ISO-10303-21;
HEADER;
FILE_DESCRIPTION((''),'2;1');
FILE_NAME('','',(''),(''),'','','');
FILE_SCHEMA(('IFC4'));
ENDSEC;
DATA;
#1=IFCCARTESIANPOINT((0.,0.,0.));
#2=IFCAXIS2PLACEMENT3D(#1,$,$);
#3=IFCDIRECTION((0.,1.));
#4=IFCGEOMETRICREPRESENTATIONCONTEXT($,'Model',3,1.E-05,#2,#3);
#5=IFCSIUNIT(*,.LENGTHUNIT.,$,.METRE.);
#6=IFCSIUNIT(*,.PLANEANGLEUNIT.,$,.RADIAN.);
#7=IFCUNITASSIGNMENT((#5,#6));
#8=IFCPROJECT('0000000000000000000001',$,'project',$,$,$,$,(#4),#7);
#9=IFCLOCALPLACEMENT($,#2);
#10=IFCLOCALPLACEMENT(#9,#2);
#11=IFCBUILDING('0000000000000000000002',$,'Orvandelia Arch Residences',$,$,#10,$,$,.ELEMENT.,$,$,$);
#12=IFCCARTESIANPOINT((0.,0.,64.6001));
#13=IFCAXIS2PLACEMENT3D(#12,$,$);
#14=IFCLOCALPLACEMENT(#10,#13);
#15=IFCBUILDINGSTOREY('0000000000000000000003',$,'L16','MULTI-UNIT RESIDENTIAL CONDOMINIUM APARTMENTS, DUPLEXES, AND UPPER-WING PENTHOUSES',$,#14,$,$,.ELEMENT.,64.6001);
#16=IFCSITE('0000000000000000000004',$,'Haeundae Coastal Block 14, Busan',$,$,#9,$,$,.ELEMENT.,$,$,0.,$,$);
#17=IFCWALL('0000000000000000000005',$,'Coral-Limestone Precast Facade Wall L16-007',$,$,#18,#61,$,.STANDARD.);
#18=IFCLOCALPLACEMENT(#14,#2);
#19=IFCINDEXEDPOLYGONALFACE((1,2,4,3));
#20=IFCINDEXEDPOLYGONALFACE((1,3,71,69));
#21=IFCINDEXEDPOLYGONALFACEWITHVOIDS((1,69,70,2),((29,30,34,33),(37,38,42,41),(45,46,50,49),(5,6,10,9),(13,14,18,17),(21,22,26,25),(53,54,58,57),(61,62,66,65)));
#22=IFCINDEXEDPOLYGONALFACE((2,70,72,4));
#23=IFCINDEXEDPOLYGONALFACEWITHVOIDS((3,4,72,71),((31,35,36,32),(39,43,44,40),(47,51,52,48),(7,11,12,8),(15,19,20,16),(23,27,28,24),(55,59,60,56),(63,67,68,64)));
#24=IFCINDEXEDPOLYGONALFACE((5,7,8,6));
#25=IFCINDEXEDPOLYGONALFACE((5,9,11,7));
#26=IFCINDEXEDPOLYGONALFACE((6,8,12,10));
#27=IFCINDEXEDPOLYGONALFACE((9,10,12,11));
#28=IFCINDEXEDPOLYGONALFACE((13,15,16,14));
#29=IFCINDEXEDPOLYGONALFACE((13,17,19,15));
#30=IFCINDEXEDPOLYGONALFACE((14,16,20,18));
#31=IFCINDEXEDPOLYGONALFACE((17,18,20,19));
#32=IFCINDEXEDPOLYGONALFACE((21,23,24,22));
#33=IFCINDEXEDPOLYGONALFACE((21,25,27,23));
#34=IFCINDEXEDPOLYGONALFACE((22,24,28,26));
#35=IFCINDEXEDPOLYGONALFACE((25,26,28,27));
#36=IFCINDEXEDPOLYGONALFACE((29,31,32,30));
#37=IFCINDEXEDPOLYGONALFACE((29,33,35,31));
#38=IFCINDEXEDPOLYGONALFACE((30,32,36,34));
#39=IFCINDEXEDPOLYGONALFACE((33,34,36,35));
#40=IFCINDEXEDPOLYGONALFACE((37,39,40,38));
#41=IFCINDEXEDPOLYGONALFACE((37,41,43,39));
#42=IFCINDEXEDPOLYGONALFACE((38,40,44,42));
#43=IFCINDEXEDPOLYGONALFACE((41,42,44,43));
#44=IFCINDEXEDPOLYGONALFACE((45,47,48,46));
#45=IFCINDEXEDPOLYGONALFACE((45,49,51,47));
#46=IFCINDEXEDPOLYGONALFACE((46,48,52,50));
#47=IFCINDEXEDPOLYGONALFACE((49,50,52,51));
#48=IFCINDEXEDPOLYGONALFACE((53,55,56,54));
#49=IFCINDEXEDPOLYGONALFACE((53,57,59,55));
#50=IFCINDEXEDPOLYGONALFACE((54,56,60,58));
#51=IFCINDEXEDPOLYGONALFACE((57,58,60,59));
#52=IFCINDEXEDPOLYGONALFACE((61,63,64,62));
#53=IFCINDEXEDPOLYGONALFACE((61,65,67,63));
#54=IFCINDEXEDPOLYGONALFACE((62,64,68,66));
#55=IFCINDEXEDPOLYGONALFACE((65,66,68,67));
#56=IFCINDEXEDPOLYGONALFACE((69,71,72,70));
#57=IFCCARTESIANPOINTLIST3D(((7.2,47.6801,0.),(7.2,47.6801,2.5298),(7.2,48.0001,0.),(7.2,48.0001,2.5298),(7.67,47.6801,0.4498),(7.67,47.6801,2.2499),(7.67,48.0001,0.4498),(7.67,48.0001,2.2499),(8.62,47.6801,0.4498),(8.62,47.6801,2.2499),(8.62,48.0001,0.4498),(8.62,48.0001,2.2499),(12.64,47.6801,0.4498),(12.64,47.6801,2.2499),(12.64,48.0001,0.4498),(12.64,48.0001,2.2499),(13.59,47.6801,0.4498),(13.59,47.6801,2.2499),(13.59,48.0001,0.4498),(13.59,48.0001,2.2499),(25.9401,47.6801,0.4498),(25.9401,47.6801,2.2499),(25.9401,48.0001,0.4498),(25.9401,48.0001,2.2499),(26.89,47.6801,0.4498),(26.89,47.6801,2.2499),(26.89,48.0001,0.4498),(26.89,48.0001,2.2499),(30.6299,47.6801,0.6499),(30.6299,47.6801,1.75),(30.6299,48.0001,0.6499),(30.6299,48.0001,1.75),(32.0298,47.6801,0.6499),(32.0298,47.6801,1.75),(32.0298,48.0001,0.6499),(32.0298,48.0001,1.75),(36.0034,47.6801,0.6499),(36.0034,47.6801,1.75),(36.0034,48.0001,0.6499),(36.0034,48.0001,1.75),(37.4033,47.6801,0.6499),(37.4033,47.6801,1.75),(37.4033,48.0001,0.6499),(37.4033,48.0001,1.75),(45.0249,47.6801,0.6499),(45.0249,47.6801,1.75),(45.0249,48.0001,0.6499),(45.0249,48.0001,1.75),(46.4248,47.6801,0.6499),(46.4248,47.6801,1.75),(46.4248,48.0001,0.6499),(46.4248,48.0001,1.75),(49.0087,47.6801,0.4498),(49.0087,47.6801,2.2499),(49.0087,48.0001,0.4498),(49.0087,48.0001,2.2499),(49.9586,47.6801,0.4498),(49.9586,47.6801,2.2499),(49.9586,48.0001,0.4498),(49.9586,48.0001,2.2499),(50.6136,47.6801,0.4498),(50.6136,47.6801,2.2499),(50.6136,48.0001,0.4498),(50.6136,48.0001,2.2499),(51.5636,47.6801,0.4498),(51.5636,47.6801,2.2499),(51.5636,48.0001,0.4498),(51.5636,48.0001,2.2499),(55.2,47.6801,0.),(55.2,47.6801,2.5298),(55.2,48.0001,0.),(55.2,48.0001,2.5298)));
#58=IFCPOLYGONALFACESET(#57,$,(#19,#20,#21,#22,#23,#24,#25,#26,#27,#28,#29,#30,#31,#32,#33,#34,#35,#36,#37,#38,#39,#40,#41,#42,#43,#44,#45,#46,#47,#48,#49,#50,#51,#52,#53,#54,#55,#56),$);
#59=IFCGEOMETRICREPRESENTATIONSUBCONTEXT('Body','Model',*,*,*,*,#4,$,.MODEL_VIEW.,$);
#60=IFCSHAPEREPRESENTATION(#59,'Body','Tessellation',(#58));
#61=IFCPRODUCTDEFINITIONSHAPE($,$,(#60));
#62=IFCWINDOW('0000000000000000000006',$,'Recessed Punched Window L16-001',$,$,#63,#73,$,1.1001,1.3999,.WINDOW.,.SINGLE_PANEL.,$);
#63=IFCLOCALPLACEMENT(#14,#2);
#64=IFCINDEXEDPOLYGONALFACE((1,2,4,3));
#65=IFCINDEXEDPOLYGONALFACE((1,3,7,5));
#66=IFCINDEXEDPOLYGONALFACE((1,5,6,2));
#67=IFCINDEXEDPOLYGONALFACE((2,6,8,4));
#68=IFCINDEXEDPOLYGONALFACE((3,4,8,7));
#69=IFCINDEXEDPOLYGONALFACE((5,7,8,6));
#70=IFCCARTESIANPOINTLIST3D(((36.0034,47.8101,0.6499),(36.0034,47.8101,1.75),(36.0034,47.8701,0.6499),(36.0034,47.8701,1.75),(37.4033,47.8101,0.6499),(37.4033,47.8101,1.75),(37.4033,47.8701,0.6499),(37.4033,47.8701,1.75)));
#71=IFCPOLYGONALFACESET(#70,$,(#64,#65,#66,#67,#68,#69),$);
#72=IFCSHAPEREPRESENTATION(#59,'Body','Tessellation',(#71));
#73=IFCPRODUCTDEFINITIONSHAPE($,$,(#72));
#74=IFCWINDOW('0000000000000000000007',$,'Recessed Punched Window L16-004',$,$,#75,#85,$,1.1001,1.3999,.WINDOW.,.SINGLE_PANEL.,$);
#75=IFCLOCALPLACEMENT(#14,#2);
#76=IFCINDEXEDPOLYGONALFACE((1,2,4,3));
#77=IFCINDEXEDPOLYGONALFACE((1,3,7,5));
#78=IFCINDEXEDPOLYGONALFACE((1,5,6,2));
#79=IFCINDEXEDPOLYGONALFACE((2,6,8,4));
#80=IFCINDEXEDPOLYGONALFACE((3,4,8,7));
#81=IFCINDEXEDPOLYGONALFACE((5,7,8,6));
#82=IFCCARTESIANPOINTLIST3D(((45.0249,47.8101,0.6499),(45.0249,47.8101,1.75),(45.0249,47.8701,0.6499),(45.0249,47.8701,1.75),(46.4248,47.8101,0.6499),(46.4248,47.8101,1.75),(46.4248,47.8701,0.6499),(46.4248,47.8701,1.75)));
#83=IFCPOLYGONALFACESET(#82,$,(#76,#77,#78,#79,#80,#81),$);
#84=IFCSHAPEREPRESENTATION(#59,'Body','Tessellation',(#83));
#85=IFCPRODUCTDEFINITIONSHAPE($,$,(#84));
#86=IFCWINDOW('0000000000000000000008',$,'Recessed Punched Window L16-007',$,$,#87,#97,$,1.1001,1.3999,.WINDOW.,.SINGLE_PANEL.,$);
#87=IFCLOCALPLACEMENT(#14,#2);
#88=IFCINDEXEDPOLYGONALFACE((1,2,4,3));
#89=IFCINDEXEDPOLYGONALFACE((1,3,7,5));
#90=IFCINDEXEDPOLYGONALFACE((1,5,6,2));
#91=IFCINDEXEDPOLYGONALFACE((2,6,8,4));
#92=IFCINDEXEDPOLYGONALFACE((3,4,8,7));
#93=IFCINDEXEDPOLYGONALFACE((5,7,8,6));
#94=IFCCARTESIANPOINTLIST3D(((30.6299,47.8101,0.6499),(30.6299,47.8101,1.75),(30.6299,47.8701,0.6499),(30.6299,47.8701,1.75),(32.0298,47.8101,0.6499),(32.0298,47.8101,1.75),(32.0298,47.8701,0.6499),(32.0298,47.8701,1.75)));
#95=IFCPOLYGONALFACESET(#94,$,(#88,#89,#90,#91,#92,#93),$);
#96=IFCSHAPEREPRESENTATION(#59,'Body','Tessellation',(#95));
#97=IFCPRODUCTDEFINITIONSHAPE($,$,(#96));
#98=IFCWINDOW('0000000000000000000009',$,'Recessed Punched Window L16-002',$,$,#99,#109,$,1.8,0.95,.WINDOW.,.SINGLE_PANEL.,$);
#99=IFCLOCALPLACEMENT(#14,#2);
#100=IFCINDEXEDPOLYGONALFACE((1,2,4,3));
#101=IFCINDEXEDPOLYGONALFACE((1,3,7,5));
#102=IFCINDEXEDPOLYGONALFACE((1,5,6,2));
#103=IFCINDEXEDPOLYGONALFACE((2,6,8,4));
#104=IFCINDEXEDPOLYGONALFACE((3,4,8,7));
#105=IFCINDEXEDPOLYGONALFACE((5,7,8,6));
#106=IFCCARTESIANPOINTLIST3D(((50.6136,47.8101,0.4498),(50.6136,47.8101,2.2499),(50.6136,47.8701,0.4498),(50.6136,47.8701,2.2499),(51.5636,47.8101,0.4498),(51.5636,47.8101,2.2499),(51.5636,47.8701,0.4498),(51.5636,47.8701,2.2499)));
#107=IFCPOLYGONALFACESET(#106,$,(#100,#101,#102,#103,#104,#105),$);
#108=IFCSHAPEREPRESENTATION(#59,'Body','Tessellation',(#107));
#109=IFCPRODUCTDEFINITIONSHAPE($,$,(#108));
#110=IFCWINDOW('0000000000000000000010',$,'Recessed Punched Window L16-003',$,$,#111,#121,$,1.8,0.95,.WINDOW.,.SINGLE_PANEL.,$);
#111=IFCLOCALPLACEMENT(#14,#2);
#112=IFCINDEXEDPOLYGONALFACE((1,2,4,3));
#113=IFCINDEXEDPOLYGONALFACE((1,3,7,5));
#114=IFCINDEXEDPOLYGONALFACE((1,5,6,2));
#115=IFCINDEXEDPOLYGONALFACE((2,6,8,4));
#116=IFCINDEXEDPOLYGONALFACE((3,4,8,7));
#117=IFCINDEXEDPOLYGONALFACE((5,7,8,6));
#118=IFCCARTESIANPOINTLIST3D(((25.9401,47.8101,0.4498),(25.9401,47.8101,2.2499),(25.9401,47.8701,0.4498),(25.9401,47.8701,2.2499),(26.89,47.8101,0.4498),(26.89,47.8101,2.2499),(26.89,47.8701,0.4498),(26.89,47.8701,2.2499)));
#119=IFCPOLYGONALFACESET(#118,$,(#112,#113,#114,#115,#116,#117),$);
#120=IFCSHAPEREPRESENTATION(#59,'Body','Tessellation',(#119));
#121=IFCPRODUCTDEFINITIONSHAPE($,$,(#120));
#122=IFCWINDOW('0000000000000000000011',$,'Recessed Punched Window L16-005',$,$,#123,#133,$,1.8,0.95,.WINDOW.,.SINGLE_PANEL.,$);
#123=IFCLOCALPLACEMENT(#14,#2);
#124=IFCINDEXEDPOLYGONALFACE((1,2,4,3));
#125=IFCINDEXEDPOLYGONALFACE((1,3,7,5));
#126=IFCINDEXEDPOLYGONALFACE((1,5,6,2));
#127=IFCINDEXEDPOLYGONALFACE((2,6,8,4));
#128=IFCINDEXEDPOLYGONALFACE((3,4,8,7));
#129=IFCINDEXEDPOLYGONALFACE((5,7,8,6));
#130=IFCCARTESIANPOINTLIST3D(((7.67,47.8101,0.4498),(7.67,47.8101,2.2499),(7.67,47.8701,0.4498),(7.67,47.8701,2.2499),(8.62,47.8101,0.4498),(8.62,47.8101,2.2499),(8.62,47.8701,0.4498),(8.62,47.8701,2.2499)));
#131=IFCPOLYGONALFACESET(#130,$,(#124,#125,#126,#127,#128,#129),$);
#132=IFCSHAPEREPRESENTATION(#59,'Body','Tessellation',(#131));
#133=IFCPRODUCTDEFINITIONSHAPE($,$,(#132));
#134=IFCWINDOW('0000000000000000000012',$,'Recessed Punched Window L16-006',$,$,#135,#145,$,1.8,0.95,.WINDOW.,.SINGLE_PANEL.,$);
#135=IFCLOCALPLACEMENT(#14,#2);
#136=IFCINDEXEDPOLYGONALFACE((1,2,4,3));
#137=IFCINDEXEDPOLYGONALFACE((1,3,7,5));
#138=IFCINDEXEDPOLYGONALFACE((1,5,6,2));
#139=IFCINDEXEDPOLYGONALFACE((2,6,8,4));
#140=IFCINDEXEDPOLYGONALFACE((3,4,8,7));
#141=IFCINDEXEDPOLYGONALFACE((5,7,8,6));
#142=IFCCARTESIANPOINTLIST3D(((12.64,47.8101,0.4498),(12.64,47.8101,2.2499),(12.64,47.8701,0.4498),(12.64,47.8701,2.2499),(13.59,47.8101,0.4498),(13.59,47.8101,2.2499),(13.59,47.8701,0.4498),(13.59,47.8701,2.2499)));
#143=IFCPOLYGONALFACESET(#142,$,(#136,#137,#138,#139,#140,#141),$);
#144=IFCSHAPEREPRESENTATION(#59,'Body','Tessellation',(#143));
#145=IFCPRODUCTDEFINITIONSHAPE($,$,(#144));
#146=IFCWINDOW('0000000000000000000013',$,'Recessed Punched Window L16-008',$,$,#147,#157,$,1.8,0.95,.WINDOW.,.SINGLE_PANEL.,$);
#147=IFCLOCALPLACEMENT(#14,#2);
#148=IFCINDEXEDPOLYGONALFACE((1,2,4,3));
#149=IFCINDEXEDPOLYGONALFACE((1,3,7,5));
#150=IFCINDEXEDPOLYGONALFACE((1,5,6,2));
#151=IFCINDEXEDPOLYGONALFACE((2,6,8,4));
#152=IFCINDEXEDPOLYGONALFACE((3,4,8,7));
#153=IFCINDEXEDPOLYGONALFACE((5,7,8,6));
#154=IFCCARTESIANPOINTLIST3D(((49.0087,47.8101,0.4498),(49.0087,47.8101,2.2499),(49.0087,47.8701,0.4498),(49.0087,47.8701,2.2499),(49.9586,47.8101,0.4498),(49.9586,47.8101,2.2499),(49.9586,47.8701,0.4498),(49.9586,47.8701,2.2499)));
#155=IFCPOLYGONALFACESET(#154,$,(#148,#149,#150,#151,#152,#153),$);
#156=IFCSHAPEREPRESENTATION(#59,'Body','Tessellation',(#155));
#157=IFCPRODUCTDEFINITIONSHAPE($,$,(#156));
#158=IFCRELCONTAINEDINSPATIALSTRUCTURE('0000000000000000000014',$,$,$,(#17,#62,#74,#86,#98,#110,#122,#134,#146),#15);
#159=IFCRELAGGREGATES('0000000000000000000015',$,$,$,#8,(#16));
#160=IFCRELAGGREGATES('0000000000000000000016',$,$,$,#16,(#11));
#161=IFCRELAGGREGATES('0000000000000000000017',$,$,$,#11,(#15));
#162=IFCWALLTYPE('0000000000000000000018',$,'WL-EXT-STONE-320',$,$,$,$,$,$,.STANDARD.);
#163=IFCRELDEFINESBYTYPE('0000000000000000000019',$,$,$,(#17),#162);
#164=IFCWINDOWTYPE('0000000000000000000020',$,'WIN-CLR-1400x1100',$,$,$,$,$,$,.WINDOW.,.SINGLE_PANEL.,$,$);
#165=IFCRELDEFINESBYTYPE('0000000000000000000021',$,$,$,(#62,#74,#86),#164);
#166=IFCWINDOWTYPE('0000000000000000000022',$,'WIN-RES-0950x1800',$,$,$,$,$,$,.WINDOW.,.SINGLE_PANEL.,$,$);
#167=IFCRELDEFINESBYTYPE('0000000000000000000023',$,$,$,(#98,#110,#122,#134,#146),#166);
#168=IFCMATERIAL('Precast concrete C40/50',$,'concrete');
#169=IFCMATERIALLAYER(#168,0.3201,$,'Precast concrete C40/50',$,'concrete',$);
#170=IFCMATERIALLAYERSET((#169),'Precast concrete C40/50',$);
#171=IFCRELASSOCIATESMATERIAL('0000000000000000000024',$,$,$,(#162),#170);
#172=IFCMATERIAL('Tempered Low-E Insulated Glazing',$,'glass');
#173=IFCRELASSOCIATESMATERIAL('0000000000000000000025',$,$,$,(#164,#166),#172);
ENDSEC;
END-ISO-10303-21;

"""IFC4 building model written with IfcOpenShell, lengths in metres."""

from ifc_helpers import new_model, si_unit, direction, frame, frame_2d, origin, place, context, subcontext, project, spatial, rectangle, extrude, material, layer, layer_set, type_object, element, fill, save


model = new_model("IFC4")

# Units and contexts
model_context = context("Model", 3, precision=1e-05, world=origin(), true_north=direction((0.0, 1.0)))
body_context = subcontext(model_context, "Body", "Model", "MODEL_VIEW")
ifc_project = project(units=[si_unit("LENGTHUNIT", "METRE"), si_unit("PLANEANGLEUNIT", "RADIAN")], contexts=[model_context])

# Site, building, storey
site_placement = place(None, origin())
site = spatial("IfcSite", under=ifc_project, at=site_placement, Name="Haeundae Coastal Block 14, Busan", CompositionType="ELEMENT", RefElevation=0.0)
building_placement = place(site_placement, origin())
building = spatial("IfcBuilding", under=site, at=building_placement, Name="Orvandelia Arch Residences", CompositionType="ELEMENT")
storey_placement = place(building_placement, frame((0.0, 0.0, 64.6001)))
storey = spatial("IfcBuildingStorey", under=building, at=storey_placement, Name="L16", Description="MULTI-UNIT RESIDENTIAL CONDOMINIUM APARTMENTS, DUPLEXES, AND UPPER-WING PENTHOUSES", CompositionType="ELEMENT", Elevation=64.6001)

# Shared definitions
ifc_material_1 = material(Name="Precast concrete C40/50", Category="concrete")
ifc_layer_1 = layer(ifc_material_1, 0.3201, Name="Precast concrete C40/50", Category="concrete")
ifc_layer_set_1 = layer_set([ifc_layer_1], Name="Precast concrete C40/50")
wall_type_1 = type_object("IfcWallType", Name="WL-EXT-STONE-320", PredefinedType="STANDARD", material=ifc_layer_set_1)

# Wall, openings, windows
wall_1_placement = place(storey_placement, frame((7.2, 47.8401, 0.0), z_axis=(0.0, 0.0, 1.0), x_axis=(1.0, 0.0, 0.0)))
wall_1 = element("IfcWall", 1, at=wall_1_placement, inside=storey, type_object=wall_type_1, Name="Coral-Limestone Precast Facade Wall L16-007", PredefinedType="STANDARD", context=body_context, shape_type="SweptSolid", body=[
    extrude(rectangle(XDim=48.0, YDim=0.3201, at=frame_2d((24.0, 0.0))), origin(), (0.0, 0.0, 1.0), 2.5298),
])
opening_1_placement = place(wall_1_placement, frame((28.8035, 0.0, 0.6499)))
opening_1 = element("IfcOpeningElement", 2, at=opening_1_placement, cuts=wall_1, PredefinedType="OPENING", context=body_context, shape_type="SweptSolid", body=[
    extrude(rectangle(XDim=1.3999, YDim=1.1001, at=frame_2d((0.7, 0.55))), frame((0.0, 0.1699, 0.0), z_axis=(0.0, -1.0, 0.0), x_axis=(1.0, 0.0, 0.0)), (0.0, 0.0, 1.0), 0.3401),
])
opening_2_placement = place(wall_1_placement, frame((43.4136, 0.0, 0.45)))
opening_2 = element("IfcOpeningElement", 3, at=opening_2_placement, cuts=wall_1, PredefinedType="OPENING", context=body_context, shape_type="SweptSolid", body=[
    extrude(rectangle(XDim=0.95, YDim=1.8, at=frame_2d((0.4751, 0.8999))), frame((0.0, 0.1699, 0.0), z_axis=(0.0, -1.0, 0.0), x_axis=(1.0, 0.0, 0.0)), (0.0, 0.0, 1.0), 0.3401),
])
opening_3_placement = place(wall_1_placement, frame((18.74, 0.0, 0.45)))
opening_3 = element("IfcOpeningElement", 4, at=opening_3_placement, cuts=wall_1, PredefinedType="OPENING", context=body_context, shape_type="SweptSolid", body=[
    extrude(rectangle(XDim=0.95, YDim=1.8, at=frame_2d((0.4751, 0.8999))), frame((0.0, 0.1699, 0.0), z_axis=(0.0, -1.0, 0.0), x_axis=(1.0, 0.0, 0.0)), (0.0, 0.0, 1.0), 0.3401),
])
opening_4_placement = place(wall_1_placement, frame((37.825, 0.0, 0.6499)))
opening_4 = element("IfcOpeningElement", 5, at=opening_4_placement, cuts=wall_1, PredefinedType="OPENING", context=body_context, shape_type="SweptSolid", body=[
    extrude(rectangle(XDim=1.3999, YDim=1.1001, at=frame_2d((0.7, 0.55))), frame((0.0, 0.1699, 0.0), z_axis=(0.0, -1.0, 0.0), x_axis=(1.0, 0.0, 0.0)), (0.0, 0.0, 1.0), 0.3401),
])
opening_5_placement = place(wall_1_placement, frame((0.47, 0.0, 0.45)))
opening_5 = element("IfcOpeningElement", 6, at=opening_5_placement, cuts=wall_1, PredefinedType="OPENING", context=body_context, shape_type="SweptSolid", body=[
    extrude(rectangle(XDim=0.95, YDim=1.8, at=frame_2d((0.4751, 0.8999))), frame((0.0, 0.1699, 0.0), z_axis=(0.0, -1.0, 0.0), x_axis=(1.0, 0.0, 0.0)), (0.0, 0.0, 1.0), 0.3401),
])
opening_6_placement = place(wall_1_placement, frame((5.4399, 0.0, 0.45)))
opening_6 = element("IfcOpeningElement", 7, at=opening_6_placement, cuts=wall_1, PredefinedType="OPENING", context=body_context, shape_type="SweptSolid", body=[
    extrude(rectangle(XDim=0.95, YDim=1.8, at=frame_2d((0.4751, 0.8999))), frame((0.0, 0.1699, 0.0), z_axis=(0.0, -1.0, 0.0), x_axis=(1.0, 0.0, 0.0)), (0.0, 0.0, 1.0), 0.3401),
])
opening_7_placement = place(wall_1_placement, frame((23.4299, 0.0, 0.6499)))
opening_7 = element("IfcOpeningElement", 8, at=opening_7_placement, cuts=wall_1, PredefinedType="OPENING", context=body_context, shape_type="SweptSolid", body=[
    extrude(rectangle(XDim=1.3999, YDim=1.1001, at=frame_2d((0.7, 0.55))), frame((0.0, 0.1699, 0.0), z_axis=(0.0, -1.0, 0.0), x_axis=(1.0, 0.0, 0.0)), (0.0, 0.0, 1.0), 0.3401),
])
opening_8_placement = place(wall_1_placement, frame((41.8086, 0.0, 0.45)))
opening_8 = element("IfcOpeningElement", 9, at=opening_8_placement, cuts=wall_1, PredefinedType="OPENING", context=body_context, shape_type="SweptSolid", body=[
    extrude(rectangle(XDim=0.95, YDim=1.8, at=frame_2d((0.4751, 0.8999))), frame((0.0, 0.1699, 0.0), z_axis=(0.0, -1.0, 0.0), x_axis=(1.0, 0.0, 0.0)), (0.0, 0.0, 1.0), 0.3401),
])
ifc_material_2 = material(Name="Tempered Low-E Insulated Glazing", Category="glass")
window_type_1 = type_object("IfcWindowType", Name="WIN-CLR-1400x1100", PartitioningType="SINGLE_PANEL", PredefinedType="WINDOW", material=ifc_material_2)
window_1_placement = place(opening_1_placement, origin())
window_1 = element("IfcWindow", 10, at=window_1_placement, inside=storey, type_object=window_type_1, Name="Recessed Punched Window L16-001", OverallHeight=1.1001, OverallWidth=1.3999, PartitioningType="SINGLE_PANEL", PredefinedType="WINDOW", context=body_context, shape_type="SweptSolid", body=[
    extrude(rectangle(XDim=1.3999, YDim=1.1001, at=frame_2d((0.7, 0.55))), frame((0.0, 0.03, 0.0), z_axis=(0.0, -1.0, 0.0), x_axis=(1.0, 0.0, 0.0)), (0.0, 0.0, 1.0), 0.0601),
])
fill(opening_1, window_1)
window_2_placement = place(opening_4_placement, origin())
window_2 = element("IfcWindow", 11, at=window_2_placement, inside=storey, type_object=window_type_1, Name="Recessed Punched Window L16-004", OverallHeight=1.1001, OverallWidth=1.3999, PartitioningType="SINGLE_PANEL", PredefinedType="WINDOW", context=body_context, shape_type="SweptSolid", body=[
    extrude(rectangle(XDim=1.3999, YDim=1.1001, at=frame_2d((0.7, 0.55))), frame((0.0, 0.03, 0.0), z_axis=(0.0, -1.0, 0.0), x_axis=(1.0, 0.0, 0.0)), (0.0, 0.0, 1.0), 0.0601),
])
fill(opening_4, window_2)
window_3_placement = place(opening_7_placement, origin())
window_3 = element("IfcWindow", 12, at=window_3_placement, inside=storey, type_object=window_type_1, Name="Recessed Punched Window L16-007", OverallHeight=1.1001, OverallWidth=1.3999, PartitioningType="SINGLE_PANEL", PredefinedType="WINDOW", context=body_context, shape_type="SweptSolid", body=[
    extrude(rectangle(XDim=1.3999, YDim=1.1001, at=frame_2d((0.7, 0.55))), frame((0.0, 0.03, 0.0), z_axis=(0.0, -1.0, 0.0), x_axis=(1.0, 0.0, 0.0)), (0.0, 0.0, 1.0), 0.0601),
])
fill(opening_7, window_3)
window_type_2 = type_object("IfcWindowType", Name="WIN-RES-0950x1800", PartitioningType="SINGLE_PANEL", PredefinedType="WINDOW", material=ifc_material_2)
window_4_placement = place(opening_2_placement, origin())
window_4 = element("IfcWindow", 13, at=window_4_placement, inside=storey, type_object=window_type_2, Name="Recessed Punched Window L16-002", OverallHeight=1.8, OverallWidth=0.95, PartitioningType="SINGLE_PANEL", PredefinedType="WINDOW", context=body_context, shape_type="SweptSolid", body=[
    extrude(rectangle(XDim=0.95, YDim=1.8, at=frame_2d((0.4751, 0.8999))), frame((0.0, 0.03, 0.0), z_axis=(0.0, -1.0, 0.0), x_axis=(1.0, 0.0, 0.0)), (0.0, 0.0, 1.0), 0.0601),
])
fill(opening_2, window_4)
window_5_placement = place(opening_3_placement, origin())
window_5 = element("IfcWindow", 14, at=window_5_placement, inside=storey, type_object=window_type_2, Name="Recessed Punched Window L16-003", OverallHeight=1.8, OverallWidth=0.95, PartitioningType="SINGLE_PANEL", PredefinedType="WINDOW", context=body_context, shape_type="SweptSolid", body=[
    extrude(rectangle(XDim=0.95, YDim=1.8, at=frame_2d((0.4751, 0.8999))), frame((0.0, 0.03, 0.0), z_axis=(0.0, -1.0, 0.0), x_axis=(1.0, 0.0, 0.0)), (0.0, 0.0, 1.0), 0.0601),
])
fill(opening_3, window_5)
window_6_placement = place(opening_5_placement, origin())
window_6 = element("IfcWindow", 15, at=window_6_placement, inside=storey, type_object=window_type_2, Name="Recessed Punched Window L16-005", OverallHeight=1.8, OverallWidth=0.95, PartitioningType="SINGLE_PANEL", PredefinedType="WINDOW", context=body_context, shape_type="SweptSolid", body=[
    extrude(rectangle(XDim=0.95, YDim=1.8, at=frame_2d((0.4751, 0.8999))), frame((0.0, 0.03, 0.0), z_axis=(0.0, -1.0, 0.0), x_axis=(1.0, 0.0, 0.0)), (0.0, 0.0, 1.0), 0.0601),
])
fill(opening_5, window_6)
window_7_placement = place(opening_6_placement, origin())
window_7 = element("IfcWindow", 16, at=window_7_placement, inside=storey, type_object=window_type_2, Name="Recessed Punched Window L16-006", OverallHeight=1.8, OverallWidth=0.95, PartitioningType="SINGLE_PANEL", PredefinedType="WINDOW", context=body_context, shape_type="SweptSolid", body=[
    extrude(rectangle(XDim=0.95, YDim=1.8, at=frame_2d((0.4751, 0.8999))), frame((0.0, 0.03, 0.0), z_axis=(0.0, -1.0, 0.0), x_axis=(1.0, 0.0, 0.0)), (0.0, 0.0, 1.0), 0.0601),
])
fill(opening_6, window_7)
window_8_placement = place(opening_8_placement, origin())
window_8 = element("IfcWindow", 17, at=window_8_placement, inside=storey, type_object=window_type_2, Name="Recessed Punched Window L16-008", OverallHeight=1.8, OverallWidth=0.95, PartitioningType="SINGLE_PANEL", PredefinedType="WINDOW", context=body_context, shape_type="SweptSolid", body=[
    extrude(rectangle(XDim=0.95, YDim=1.8, at=frame_2d((0.4751, 0.8999))), frame((0.0, 0.03, 0.0), z_axis=(0.0, -1.0, 0.0), x_axis=(1.0, 0.0, 0.0)), (0.0, 0.0, 1.0), 0.0601),
])
fill(opening_8, window_8)

save(model, "model.ifc")
